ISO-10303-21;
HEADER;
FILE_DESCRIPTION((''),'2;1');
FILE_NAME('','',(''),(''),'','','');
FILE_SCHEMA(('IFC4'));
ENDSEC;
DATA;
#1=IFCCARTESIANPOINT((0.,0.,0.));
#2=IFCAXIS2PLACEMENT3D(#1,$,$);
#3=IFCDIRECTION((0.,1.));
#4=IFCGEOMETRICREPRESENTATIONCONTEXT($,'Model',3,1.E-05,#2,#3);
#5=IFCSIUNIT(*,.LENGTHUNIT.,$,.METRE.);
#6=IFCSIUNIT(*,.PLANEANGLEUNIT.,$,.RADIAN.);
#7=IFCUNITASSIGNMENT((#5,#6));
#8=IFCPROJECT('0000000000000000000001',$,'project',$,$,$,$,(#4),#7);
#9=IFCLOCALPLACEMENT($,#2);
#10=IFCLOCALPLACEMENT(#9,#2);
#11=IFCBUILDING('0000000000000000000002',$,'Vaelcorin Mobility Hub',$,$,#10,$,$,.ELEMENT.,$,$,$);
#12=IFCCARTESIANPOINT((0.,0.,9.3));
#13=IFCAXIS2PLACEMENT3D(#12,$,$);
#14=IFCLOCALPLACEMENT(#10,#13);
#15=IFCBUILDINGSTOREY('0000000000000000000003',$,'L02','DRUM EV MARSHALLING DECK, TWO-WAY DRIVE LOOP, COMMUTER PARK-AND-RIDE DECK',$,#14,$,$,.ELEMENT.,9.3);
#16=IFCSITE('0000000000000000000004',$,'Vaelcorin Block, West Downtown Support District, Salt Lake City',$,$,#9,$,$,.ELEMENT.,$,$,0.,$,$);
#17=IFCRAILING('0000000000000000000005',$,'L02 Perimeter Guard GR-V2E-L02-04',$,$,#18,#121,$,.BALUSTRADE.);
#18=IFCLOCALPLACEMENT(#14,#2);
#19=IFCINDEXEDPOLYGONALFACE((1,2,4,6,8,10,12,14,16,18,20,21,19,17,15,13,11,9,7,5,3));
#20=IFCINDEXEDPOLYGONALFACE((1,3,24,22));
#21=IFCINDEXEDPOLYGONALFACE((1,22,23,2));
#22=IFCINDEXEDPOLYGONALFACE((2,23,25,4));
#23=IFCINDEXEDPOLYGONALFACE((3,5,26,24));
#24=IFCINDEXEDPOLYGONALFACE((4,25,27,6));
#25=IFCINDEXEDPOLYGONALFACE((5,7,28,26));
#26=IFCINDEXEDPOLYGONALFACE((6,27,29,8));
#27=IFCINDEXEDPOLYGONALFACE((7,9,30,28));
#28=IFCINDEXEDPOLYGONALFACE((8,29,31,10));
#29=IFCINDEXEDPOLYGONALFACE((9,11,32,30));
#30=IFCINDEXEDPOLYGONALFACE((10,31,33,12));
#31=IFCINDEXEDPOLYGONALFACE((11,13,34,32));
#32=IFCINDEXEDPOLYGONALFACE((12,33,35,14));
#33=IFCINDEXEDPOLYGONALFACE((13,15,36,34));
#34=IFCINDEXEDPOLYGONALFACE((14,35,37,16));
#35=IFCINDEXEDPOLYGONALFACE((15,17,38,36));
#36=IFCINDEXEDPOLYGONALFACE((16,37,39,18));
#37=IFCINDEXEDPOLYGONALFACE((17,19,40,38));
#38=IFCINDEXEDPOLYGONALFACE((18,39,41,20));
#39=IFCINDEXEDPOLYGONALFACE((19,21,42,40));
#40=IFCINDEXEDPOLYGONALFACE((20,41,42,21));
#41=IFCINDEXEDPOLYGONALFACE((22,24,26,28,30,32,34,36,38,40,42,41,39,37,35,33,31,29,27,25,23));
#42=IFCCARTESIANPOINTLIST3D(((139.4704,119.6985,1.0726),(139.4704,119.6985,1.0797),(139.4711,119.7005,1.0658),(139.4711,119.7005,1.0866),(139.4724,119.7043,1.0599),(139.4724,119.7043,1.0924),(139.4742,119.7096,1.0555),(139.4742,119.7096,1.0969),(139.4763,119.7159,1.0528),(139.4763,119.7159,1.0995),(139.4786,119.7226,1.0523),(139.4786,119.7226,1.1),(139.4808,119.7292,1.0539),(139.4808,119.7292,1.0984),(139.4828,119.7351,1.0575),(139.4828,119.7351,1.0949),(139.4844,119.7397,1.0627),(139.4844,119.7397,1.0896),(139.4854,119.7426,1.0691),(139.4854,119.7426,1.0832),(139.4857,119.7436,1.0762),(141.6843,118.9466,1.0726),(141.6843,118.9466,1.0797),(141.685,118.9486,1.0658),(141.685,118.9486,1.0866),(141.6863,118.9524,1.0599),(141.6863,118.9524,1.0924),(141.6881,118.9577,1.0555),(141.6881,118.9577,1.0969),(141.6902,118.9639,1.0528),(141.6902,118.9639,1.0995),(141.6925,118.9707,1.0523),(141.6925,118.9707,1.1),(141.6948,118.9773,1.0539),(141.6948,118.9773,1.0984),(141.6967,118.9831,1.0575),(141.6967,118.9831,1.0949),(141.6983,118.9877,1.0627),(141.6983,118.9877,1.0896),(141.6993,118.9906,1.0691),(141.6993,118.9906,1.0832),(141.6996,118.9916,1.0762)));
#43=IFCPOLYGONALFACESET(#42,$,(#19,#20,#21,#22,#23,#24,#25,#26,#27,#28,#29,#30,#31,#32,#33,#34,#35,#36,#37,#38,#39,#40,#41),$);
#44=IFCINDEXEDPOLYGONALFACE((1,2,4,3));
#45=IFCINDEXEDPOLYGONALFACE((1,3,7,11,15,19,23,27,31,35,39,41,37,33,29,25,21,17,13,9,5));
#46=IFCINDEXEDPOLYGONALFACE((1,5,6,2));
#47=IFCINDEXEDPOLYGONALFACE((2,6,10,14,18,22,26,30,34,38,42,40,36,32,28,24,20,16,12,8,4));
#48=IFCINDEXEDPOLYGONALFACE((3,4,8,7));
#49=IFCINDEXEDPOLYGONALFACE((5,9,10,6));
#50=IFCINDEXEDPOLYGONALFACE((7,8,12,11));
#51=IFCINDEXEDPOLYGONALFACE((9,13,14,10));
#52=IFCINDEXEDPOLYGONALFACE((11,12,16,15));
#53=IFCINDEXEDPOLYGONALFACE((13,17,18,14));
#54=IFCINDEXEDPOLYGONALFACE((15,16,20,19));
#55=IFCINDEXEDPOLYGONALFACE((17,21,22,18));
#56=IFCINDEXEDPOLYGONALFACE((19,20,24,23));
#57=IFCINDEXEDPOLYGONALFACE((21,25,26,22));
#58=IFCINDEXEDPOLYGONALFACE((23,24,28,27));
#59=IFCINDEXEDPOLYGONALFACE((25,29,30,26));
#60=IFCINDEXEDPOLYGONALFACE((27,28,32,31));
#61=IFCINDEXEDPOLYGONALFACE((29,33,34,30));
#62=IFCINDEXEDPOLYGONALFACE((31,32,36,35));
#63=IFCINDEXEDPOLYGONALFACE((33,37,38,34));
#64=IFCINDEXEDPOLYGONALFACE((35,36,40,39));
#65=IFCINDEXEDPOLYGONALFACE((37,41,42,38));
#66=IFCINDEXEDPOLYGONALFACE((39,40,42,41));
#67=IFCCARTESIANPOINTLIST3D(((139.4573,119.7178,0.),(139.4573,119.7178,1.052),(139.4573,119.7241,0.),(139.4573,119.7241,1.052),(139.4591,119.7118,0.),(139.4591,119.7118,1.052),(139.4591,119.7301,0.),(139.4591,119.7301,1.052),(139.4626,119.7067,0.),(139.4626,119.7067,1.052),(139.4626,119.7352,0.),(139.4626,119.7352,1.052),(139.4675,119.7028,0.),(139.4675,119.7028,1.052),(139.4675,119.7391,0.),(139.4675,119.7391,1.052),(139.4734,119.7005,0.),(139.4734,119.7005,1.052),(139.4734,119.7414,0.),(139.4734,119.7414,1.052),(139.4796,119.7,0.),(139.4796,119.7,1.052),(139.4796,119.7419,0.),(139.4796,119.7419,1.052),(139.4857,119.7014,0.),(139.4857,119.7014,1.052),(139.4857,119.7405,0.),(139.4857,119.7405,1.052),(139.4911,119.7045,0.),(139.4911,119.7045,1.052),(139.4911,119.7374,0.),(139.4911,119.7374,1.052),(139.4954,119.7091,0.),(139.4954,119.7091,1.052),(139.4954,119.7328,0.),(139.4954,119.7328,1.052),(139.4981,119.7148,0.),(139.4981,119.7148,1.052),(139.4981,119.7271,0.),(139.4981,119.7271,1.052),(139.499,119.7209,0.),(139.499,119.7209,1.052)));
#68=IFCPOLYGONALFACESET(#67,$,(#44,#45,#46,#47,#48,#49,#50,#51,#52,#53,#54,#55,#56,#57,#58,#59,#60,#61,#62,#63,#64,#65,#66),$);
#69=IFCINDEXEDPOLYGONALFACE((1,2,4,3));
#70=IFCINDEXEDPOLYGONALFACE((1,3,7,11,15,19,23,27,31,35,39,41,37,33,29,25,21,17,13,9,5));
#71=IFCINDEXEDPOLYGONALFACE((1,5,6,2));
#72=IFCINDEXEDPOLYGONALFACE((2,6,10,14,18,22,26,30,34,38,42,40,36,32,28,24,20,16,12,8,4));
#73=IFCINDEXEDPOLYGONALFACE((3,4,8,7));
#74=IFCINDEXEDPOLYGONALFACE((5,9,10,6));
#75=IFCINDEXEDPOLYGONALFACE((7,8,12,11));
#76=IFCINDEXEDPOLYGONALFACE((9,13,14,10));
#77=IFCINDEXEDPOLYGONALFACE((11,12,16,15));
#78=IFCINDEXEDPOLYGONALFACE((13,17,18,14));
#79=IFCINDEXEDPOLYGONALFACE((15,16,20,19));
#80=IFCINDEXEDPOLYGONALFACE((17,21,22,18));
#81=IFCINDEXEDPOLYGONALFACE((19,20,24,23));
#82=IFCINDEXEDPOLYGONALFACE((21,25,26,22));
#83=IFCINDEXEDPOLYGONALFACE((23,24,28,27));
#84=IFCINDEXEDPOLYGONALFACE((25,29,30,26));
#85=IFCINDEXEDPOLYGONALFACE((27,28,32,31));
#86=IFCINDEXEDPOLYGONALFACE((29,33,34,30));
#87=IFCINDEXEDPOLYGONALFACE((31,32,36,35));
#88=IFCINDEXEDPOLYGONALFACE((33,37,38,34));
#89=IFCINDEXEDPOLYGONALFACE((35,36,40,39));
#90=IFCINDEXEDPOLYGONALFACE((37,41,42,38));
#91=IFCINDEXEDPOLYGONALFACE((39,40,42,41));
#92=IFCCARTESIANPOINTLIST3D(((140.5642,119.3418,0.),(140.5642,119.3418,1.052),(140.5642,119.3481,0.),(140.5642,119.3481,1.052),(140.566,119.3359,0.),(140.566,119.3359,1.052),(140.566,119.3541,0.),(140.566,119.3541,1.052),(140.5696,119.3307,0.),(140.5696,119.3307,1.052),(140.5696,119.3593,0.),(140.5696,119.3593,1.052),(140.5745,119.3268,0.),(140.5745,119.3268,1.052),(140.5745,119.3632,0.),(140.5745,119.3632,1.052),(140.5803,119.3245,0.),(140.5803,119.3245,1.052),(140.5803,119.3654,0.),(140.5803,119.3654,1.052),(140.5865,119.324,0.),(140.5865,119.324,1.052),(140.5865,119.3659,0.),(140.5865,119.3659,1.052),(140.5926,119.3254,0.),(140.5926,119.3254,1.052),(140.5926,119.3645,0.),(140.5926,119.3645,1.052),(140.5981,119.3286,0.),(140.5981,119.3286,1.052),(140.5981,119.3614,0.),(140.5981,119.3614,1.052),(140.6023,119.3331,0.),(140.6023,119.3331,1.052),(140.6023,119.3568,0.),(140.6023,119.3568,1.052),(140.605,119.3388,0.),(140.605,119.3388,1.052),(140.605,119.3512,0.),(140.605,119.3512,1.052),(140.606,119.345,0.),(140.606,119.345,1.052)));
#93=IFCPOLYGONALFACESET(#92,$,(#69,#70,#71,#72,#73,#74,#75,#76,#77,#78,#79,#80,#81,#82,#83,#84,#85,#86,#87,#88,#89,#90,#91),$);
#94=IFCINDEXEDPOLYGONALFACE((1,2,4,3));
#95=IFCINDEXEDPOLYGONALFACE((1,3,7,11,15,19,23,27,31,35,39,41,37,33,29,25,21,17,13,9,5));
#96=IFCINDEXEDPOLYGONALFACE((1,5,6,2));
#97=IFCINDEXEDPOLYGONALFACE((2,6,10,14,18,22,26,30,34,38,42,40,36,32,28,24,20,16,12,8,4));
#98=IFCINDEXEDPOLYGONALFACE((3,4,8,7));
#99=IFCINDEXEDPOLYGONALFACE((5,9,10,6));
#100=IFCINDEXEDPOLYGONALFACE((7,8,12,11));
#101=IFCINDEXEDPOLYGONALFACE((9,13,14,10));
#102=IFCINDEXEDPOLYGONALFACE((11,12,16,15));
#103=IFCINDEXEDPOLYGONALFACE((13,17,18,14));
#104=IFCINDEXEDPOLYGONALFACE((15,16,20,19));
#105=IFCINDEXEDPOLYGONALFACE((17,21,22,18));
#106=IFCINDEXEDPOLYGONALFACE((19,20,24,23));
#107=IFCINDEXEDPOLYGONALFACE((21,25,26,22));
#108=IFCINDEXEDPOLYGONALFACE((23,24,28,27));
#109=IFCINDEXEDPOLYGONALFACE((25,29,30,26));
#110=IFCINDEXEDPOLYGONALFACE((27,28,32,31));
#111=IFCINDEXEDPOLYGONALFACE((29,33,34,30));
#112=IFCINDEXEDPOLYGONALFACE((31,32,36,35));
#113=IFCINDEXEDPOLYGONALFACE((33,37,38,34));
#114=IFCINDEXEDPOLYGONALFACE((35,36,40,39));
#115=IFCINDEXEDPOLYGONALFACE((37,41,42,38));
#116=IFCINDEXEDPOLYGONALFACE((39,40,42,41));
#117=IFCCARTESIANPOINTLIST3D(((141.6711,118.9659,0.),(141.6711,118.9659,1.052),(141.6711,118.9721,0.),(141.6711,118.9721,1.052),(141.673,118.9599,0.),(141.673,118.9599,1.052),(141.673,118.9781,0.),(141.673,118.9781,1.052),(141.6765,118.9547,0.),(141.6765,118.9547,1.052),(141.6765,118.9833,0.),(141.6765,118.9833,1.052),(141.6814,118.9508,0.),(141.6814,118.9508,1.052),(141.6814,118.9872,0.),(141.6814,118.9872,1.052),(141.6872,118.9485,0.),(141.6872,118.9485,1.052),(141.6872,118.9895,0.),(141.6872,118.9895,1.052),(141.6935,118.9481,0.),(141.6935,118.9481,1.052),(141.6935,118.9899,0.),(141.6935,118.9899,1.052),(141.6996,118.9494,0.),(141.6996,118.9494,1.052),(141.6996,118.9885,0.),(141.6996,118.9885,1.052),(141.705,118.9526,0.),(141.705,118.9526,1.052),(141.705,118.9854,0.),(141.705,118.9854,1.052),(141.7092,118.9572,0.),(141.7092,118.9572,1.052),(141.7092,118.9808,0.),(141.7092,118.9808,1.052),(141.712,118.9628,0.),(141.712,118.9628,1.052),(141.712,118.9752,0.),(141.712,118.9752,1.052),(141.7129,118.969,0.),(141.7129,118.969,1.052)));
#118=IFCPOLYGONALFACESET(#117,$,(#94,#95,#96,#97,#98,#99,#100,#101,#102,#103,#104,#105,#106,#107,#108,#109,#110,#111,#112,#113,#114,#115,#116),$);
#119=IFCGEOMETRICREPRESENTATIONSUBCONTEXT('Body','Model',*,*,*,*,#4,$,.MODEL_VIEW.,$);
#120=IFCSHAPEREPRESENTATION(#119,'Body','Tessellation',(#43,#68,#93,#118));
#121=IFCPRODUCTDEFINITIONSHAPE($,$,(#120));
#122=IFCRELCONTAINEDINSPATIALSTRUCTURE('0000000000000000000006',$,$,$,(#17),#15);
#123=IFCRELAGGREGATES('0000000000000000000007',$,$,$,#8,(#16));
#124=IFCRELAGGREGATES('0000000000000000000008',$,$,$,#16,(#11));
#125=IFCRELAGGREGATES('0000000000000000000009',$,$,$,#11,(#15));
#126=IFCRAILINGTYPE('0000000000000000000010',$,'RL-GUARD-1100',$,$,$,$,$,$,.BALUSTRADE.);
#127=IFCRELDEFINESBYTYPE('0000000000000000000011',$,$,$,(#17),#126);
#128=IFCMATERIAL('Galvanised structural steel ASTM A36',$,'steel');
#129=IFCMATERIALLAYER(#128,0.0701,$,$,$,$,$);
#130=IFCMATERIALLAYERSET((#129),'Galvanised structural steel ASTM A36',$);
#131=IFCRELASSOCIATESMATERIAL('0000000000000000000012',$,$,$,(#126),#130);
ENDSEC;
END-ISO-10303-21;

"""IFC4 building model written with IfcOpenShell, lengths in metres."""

from ifc_helpers import new_model, si_unit, direction, frame, origin, origin_2d, place, context, subcontext, project, spatial, circle, extrude, material, layer, layer_set, type_object, element, save


model = new_model("IFC4")

# Units and contexts
model_context = context("Model", 3, precision=1e-05, world=origin(), true_north=direction((0.0, 1.0)))
body_context = subcontext(model_context, "Body", "Model", "MODEL_VIEW")
ifc_project = project(units=[si_unit("LENGTHUNIT", "METRE"), si_unit("PLANEANGLEUNIT", "RADIAN")], contexts=[model_context])

# Site, building, storey
site_placement = place(None, origin())
site = spatial("IfcSite", under=ifc_project, at=site_placement, Name="Vaelcorin Block, West Downtown Support District, Salt Lake City", CompositionType="ELEMENT", RefElevation=0.0)
building_placement = place(site_placement, origin())
building = spatial("IfcBuilding", under=site, at=building_placement, Name="Vaelcorin Mobility Hub", CompositionType="ELEMENT")
storey_placement = place(building_placement, frame((0.0, 0.0, 9.3)))
storey = spatial("IfcBuildingStorey", under=building, at=storey_placement, Name="L02", Description="DRUM EV MARSHALLING DECK, TWO-WAY DRIVE LOOP, COMMUTER PARK-AND-RIDE DECK", CompositionType="ELEMENT", Elevation=9.3)

# Railing
ifc_material_1 = material(Name="Galvanised structural steel ASTM A36", Category="steel")
ifc_layer_1 = layer(ifc_material_1, 0.0701)
ifc_layer_set_1 = layer_set([ifc_layer_1], Name="Galvanised structural steel ASTM A36")
railing_type = type_object("IfcRailingType", Name="RL-GUARD-1100", PredefinedType="BALUSTRADE", material=ifc_layer_set_1)
railing_1_placement = place(storey_placement, frame((139.478, 119.7209, 0.0)))
element("IfcRailing", 1, at=railing_1_placement, inside=storey, type_object=railing_type, Name="L02 Perimeter Guard GR-V2E-L02-04", PredefinedType="BALUSTRADE", context=body_context, shape_type="SweptSolid", body=[
    extrude(circle(Radius=0.0239, at=origin_2d()), frame((0.0, 0.0, 1.0762), z_axis=(0.946872, -0.321611, 0.0), x_axis=(0.321611, 0.946872, 0.0)), (0.0, 0.0, 1.0), 2.3381),
    extrude(circle(Radius=0.021, at=origin_2d()), origin(), (0.0, 0.0, 1.0), 1.052),
    extrude(circle(Radius=0.021, at=origin_2d()), frame((1.1069, -0.376, 0.0)), (0.0, 0.0, 1.0), 1.052),
    extrude(circle(Radius=0.021, at=origin_2d()), frame((2.2139, -0.752, 0.0)), (0.0, 0.0, 1.0), 1.052),
])

save(model, "model.ifc")
